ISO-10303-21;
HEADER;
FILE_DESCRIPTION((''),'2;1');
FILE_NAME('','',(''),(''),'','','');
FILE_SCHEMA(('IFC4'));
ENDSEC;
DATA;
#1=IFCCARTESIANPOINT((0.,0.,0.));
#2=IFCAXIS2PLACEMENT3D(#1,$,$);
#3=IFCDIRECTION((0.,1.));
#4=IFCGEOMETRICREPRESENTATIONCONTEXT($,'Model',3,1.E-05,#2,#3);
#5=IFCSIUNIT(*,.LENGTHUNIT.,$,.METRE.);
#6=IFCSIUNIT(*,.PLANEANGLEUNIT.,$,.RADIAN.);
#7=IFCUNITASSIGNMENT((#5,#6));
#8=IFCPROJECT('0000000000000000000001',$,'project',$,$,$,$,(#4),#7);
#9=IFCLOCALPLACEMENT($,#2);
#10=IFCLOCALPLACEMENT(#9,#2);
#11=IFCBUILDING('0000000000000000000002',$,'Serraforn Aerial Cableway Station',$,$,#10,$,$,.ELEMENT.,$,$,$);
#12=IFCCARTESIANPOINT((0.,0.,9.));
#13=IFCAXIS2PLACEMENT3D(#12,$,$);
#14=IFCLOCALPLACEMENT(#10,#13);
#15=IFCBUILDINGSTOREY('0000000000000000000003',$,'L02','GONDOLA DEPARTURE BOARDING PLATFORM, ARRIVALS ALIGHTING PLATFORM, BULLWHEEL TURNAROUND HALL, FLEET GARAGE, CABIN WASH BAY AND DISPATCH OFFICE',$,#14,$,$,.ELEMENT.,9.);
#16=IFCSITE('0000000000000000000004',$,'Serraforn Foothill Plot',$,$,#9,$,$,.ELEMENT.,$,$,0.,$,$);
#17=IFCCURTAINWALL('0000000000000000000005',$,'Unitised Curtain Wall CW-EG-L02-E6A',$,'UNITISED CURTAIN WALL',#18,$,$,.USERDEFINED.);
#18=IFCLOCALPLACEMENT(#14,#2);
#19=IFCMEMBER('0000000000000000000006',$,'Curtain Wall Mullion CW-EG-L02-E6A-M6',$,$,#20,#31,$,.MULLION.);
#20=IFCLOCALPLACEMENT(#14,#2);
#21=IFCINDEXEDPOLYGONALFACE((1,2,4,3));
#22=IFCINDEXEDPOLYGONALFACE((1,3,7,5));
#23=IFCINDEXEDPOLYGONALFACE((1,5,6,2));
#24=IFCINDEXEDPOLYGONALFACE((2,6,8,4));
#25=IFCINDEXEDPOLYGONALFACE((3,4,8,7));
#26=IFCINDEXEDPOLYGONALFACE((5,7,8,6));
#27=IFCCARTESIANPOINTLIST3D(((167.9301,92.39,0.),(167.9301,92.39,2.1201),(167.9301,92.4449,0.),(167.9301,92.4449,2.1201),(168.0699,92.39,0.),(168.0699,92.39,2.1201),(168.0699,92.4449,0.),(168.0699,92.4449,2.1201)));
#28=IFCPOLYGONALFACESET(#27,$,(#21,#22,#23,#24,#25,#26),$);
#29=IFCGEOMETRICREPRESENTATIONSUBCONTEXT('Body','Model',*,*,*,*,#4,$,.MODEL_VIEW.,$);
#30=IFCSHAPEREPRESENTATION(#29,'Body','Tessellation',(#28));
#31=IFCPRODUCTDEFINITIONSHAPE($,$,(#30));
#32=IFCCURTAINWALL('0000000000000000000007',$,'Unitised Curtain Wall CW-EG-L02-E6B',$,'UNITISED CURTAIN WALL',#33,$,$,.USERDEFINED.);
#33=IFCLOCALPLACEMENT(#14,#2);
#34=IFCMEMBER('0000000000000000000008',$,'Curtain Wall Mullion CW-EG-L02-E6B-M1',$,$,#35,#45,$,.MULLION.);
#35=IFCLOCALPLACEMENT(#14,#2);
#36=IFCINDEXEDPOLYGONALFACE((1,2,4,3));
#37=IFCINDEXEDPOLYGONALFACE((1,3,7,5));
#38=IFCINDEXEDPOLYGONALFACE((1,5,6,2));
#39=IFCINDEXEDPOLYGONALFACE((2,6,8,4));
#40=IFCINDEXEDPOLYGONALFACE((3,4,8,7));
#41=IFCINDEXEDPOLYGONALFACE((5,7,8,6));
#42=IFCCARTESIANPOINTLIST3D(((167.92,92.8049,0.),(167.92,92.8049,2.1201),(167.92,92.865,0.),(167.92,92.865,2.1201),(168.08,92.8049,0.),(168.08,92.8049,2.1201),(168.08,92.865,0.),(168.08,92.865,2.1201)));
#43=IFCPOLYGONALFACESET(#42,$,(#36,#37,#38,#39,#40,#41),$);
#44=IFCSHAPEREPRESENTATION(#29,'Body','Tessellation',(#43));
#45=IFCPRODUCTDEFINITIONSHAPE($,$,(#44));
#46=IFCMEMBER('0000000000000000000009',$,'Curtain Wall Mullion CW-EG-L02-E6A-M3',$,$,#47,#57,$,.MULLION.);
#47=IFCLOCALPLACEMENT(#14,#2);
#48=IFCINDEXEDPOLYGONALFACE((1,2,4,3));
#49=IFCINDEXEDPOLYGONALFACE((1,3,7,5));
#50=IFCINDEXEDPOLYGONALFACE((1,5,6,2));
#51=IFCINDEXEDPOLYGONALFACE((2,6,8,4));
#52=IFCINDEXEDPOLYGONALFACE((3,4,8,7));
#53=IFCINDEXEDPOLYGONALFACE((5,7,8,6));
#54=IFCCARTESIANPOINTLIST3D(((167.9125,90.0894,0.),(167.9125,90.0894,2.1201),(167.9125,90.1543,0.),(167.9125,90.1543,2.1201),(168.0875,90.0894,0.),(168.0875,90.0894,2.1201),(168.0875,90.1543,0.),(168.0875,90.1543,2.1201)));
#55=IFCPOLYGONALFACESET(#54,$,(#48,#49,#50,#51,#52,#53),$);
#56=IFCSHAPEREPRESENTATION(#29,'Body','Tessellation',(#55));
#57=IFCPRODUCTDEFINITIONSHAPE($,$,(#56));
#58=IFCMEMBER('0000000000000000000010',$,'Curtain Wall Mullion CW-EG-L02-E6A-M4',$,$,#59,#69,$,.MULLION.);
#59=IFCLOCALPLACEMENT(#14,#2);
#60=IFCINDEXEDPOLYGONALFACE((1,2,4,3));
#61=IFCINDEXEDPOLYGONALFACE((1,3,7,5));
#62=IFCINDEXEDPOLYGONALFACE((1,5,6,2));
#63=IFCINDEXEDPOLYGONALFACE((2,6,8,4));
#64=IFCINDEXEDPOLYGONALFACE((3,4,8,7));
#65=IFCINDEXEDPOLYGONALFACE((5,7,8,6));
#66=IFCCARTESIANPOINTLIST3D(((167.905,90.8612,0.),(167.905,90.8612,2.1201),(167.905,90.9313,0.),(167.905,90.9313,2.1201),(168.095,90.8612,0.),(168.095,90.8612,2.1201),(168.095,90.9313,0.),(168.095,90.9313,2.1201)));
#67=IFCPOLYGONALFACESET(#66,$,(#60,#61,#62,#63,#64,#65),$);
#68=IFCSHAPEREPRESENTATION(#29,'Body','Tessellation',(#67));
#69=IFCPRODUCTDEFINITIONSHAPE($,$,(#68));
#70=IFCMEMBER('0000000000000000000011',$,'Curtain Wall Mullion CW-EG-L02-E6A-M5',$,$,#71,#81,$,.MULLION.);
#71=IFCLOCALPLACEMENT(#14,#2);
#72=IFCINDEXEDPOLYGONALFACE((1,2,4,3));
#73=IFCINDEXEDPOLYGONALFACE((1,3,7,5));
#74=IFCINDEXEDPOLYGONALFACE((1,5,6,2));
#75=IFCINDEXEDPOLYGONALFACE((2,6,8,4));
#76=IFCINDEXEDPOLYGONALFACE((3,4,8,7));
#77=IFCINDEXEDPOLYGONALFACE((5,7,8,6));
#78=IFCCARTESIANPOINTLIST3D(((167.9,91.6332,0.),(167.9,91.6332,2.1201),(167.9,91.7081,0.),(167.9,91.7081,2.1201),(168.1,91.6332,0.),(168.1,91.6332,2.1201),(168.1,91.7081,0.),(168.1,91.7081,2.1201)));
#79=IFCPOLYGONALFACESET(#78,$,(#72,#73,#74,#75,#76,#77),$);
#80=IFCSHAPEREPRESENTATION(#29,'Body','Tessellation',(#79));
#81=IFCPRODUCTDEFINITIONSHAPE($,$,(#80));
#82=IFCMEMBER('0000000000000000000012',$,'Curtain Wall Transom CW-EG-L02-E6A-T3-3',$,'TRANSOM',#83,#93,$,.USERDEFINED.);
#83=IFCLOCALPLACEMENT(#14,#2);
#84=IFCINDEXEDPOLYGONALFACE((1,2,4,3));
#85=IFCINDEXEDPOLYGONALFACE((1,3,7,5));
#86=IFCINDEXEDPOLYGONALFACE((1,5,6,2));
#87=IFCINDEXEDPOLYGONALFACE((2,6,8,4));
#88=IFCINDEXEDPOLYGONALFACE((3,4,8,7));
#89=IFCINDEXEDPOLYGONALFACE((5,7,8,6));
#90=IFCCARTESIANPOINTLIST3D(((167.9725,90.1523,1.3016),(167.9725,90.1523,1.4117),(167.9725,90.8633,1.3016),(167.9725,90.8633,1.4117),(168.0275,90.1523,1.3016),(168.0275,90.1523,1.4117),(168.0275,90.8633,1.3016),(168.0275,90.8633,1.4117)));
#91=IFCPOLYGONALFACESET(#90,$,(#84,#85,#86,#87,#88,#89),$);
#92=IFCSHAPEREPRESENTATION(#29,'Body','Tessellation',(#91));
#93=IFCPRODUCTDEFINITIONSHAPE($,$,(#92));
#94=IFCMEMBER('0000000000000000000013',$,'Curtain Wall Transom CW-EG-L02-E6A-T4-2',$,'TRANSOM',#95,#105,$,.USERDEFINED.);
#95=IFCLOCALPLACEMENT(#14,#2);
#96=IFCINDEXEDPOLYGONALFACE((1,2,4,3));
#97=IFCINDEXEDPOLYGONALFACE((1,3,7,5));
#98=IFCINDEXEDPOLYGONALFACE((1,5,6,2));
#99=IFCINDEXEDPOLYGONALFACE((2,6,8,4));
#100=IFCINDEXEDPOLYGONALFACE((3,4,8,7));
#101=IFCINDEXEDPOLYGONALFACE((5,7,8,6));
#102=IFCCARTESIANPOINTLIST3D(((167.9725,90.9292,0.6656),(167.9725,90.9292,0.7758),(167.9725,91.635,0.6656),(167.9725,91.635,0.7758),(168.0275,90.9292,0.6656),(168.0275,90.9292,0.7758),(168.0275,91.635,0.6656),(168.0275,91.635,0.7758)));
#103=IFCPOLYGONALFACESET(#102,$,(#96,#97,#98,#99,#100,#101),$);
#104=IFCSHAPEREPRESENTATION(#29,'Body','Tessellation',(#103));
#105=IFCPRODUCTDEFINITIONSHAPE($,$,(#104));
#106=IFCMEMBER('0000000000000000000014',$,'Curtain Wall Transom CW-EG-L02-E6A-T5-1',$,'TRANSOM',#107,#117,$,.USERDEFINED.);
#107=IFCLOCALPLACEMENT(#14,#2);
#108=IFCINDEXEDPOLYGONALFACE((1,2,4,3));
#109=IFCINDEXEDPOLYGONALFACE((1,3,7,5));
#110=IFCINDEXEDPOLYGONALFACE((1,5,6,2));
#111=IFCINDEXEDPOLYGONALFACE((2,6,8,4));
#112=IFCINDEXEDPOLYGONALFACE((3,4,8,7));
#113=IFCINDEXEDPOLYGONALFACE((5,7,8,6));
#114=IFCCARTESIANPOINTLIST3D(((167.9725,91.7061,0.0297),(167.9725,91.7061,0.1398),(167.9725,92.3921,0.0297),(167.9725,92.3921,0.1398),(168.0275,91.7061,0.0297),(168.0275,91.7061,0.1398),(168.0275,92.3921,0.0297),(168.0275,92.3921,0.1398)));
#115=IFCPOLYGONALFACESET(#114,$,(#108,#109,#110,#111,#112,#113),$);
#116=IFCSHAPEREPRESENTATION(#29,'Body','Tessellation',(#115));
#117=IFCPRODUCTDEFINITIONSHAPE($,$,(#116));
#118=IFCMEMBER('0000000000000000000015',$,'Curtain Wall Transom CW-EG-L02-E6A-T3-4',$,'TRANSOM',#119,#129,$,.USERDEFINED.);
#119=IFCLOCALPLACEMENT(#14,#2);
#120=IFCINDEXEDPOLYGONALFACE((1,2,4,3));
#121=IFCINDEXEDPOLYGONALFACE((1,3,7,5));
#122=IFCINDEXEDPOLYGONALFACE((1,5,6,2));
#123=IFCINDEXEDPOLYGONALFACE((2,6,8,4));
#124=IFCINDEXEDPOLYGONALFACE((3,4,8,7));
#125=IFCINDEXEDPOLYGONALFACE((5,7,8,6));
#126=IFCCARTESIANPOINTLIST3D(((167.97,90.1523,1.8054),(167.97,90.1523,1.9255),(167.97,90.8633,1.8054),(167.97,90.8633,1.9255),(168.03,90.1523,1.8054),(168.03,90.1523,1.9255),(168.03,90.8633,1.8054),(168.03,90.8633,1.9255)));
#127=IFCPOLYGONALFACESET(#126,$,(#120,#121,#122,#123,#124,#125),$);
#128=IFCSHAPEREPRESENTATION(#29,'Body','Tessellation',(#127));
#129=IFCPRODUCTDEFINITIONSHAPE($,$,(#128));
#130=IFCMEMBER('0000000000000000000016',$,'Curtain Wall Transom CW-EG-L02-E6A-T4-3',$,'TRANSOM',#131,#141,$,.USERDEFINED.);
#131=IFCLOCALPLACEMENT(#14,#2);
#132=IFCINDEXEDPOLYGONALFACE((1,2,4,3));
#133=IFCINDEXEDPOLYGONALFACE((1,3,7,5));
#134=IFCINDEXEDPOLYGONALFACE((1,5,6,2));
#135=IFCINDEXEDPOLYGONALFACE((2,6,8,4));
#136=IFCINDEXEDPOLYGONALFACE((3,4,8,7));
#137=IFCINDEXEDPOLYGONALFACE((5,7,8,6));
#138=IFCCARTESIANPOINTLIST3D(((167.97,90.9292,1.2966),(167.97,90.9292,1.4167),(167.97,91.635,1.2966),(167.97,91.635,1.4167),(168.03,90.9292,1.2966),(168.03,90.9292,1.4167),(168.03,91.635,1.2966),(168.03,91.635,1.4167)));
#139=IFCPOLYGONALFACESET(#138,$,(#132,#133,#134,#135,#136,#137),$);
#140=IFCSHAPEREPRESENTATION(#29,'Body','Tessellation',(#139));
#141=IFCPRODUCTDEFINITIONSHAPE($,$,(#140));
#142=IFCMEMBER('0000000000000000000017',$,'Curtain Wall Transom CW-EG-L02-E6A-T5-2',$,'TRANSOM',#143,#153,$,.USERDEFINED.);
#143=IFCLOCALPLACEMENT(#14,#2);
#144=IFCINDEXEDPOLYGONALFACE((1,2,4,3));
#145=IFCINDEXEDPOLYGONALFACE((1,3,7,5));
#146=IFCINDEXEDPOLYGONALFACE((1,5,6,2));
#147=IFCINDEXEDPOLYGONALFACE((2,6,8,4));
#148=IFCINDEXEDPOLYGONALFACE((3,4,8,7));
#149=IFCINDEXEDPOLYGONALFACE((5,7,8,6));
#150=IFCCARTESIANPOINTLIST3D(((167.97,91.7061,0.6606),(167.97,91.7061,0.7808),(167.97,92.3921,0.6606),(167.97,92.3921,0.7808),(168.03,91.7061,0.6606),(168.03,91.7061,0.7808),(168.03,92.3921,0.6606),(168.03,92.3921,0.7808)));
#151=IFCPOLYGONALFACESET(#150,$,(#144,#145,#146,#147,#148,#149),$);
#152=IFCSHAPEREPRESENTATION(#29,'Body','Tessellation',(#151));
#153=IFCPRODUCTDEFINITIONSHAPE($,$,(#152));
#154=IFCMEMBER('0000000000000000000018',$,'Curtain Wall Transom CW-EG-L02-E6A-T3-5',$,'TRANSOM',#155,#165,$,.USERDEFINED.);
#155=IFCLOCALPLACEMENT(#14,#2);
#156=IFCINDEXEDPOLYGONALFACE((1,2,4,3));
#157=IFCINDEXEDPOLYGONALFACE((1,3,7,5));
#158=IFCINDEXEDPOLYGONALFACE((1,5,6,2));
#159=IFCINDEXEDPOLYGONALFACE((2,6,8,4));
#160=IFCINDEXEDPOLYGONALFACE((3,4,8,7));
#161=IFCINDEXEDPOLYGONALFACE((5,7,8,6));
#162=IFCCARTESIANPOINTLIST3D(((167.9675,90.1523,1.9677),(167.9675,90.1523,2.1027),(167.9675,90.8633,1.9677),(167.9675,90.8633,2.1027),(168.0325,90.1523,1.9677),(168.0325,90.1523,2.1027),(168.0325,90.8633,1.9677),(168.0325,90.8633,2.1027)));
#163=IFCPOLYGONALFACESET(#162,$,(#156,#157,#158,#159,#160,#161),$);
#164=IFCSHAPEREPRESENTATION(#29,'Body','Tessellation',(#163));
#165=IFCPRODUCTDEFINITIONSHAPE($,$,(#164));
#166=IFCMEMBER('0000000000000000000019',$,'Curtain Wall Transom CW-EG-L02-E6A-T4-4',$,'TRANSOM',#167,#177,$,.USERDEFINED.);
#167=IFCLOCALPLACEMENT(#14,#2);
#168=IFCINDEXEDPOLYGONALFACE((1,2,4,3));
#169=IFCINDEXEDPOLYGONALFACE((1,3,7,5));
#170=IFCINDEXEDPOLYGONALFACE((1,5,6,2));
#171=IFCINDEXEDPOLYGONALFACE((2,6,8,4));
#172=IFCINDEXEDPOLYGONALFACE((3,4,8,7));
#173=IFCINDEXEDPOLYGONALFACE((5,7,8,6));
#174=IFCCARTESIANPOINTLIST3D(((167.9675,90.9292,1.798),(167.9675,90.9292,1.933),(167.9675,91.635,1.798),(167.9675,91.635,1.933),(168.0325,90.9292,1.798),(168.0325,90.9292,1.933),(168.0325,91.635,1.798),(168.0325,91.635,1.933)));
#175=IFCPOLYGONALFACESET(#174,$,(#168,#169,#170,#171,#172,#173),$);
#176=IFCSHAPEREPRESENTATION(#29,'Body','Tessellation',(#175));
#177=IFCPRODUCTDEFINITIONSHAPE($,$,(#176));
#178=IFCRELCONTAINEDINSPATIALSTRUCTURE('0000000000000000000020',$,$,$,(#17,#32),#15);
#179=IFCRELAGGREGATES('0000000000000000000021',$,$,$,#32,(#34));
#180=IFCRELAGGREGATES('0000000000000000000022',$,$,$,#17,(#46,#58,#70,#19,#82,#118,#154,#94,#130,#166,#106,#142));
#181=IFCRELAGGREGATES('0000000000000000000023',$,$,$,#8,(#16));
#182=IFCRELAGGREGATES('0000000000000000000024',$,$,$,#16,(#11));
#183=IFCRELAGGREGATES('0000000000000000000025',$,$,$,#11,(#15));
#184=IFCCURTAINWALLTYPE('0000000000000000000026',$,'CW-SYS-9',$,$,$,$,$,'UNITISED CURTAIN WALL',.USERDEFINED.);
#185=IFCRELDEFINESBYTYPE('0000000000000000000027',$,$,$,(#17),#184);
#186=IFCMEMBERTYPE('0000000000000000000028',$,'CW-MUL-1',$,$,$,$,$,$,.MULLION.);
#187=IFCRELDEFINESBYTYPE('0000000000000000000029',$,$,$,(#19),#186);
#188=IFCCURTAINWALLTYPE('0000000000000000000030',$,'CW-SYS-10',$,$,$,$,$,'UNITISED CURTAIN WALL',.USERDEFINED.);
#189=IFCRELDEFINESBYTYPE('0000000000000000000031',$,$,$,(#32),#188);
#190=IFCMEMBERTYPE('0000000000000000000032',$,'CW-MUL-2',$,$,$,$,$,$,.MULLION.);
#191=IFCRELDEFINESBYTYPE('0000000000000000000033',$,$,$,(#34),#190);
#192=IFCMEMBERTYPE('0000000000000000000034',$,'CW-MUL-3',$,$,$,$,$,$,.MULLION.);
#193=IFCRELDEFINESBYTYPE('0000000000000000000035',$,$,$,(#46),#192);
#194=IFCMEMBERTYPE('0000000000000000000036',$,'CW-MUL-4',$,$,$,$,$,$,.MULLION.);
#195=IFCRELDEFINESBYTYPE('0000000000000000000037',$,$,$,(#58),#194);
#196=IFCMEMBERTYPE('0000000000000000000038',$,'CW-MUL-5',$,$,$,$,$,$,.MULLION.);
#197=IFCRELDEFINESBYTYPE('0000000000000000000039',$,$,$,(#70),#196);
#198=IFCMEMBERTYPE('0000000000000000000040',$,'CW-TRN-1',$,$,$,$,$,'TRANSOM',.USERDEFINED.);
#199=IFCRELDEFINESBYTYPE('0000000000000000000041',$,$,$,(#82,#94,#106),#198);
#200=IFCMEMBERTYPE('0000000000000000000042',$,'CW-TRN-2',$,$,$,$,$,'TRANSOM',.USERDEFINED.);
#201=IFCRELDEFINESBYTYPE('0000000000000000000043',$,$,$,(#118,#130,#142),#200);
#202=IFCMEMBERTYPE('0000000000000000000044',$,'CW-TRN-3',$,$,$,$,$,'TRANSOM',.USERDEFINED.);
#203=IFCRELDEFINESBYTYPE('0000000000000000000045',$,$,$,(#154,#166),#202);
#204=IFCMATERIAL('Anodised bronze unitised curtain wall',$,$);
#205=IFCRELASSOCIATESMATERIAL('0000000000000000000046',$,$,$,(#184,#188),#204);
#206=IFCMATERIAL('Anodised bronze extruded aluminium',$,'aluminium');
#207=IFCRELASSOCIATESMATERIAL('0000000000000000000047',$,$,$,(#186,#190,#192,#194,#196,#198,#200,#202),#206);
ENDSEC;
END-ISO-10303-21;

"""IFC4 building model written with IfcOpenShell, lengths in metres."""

from ifc_helpers import new_model, si_unit, direction, frame, origin, origin_2d, place, context, subcontext, project, spatial, rectangle, extrude, material, material_profile, profile_set, type_object, element, aggregate, save


model = new_model("IFC4")

# Units and contexts
model_context = context("Model", 3, precision=1e-05, world=origin(), true_north=direction((0.0, 1.0)))
body_context = subcontext(model_context, "Body", "Model", "MODEL_VIEW")
ifc_project = project(units=[si_unit("LENGTHUNIT", "METRE"), si_unit("PLANEANGLEUNIT", "RADIAN")], contexts=[model_context])

# Site, building, storey
site_placement = place(None, origin())
site = spatial("IfcSite", under=ifc_project, at=site_placement, Name="Serraforn Foothill Plot", CompositionType="ELEMENT", RefElevation=0.0)
building_placement = place(site_placement, origin())
building = spatial("IfcBuilding", under=site, at=building_placement, Name="Serraforn Aerial Cableway Station", CompositionType="ELEMENT")
storey_placement = place(building_placement, frame((0.0, 0.0, 9.0)))
storey = spatial("IfcBuildingStorey", under=building, at=storey_placement, Name="L02", Description="GONDOLA DEPARTURE BOARDING PLATFORM, ARRIVALS ALIGHTING PLATFORM, BULLWHEEL TURNAROUND HALL, FLEET GARAGE, CABIN WASH BAY AND DISPATCH OFFICE", CompositionType="ELEMENT", Elevation=9.0)

# Curtain walls, members
ifc_material_1 = material(Name="Anodised bronze unitised curtain wall")
curtain_wall_type_1 = type_object("IfcCurtainWallType", Name="CW-SYS-9", ElementType="UNITISED CURTAIN WALL", PredefinedType="USERDEFINED", material=ifc_material_1)
curtain_wall_1_placement = place(storey_placement, origin())
curtain_wall_1 = element("IfcCurtainWall", 1, at=curtain_wall_1_placement, inside=storey, type_object=curtain_wall_type_1, Name="Unitised Curtain Wall CW-EG-L02-E6A", ObjectType="UNITISED CURTAIN WALL", PredefinedType="USERDEFINED")
ifc_material_2 = material(Name="Anodised bronze extruded aluminium", Category="aluminium")
ifc_material_profile_1 = material_profile(ifc_material_2, rectangle(XDim=0.0549, YDim=0.1399, at=origin_2d()), Name="CW MULLION 55x140")
ifc_profile_set_1 = profile_set([ifc_material_profile_1], Name="Anodised bronze extruded aluminium")
member_type_1 = type_object("IfcMemberType", Name="CW-MUL-1", PredefinedType="MULLION", material=ifc_profile_set_1)
member_1_placement = place(storey_placement, frame((168.0, 92.4175, 0.0), z_axis=(0.0, 0.0, 1.0), x_axis=(0.0, 1.0, 0.0)))
member_1 = element("IfcMember", 2, at=member_1_placement, type_object=member_type_1, Name="Curtain Wall Mullion CW-EG-L02-E6A-M6", PredefinedType="MULLION", context=body_context, shape_type="SweptSolid", body=[
    extrude(rectangle(XDim=0.0549, YDim=0.1399, at=origin_2d()), origin(), (0.0, 0.0, 1.0), 2.1201),
])
curtain_wall_type_2 = type_object("IfcCurtainWallType", Name="CW-SYS-10", ElementType="UNITISED CURTAIN WALL", PredefinedType="USERDEFINED", material=ifc_material_1)
curtain_wall_2_placement = place(storey_placement, origin())
curtain_wall_2 = element("IfcCurtainWall", 3, at=curtain_wall_2_placement, inside=storey, type_object=curtain_wall_type_2, Name="Unitised Curtain Wall CW-EG-L02-E6B", ObjectType="UNITISED CURTAIN WALL", PredefinedType="USERDEFINED")
ifc_material_profile_2 = material_profile(ifc_material_2, rectangle(XDim=0.0601, YDim=0.1599, at=origin_2d()), Name="CW MULLION 60x160")
ifc_profile_set_2 = profile_set([ifc_material_profile_2], Name="Anodised bronze extruded aluminium")
member_type_2 = type_object("IfcMemberType", Name="CW-MUL-2", PredefinedType="MULLION", material=ifc_profile_set_2)
member_2_placement = place(storey_placement, frame((168.0, 92.835, 0.0), z_axis=(0.0, 0.0, 1.0), x_axis=(0.0, 1.0, 0.0)))
member_2 = element("IfcMember", 4, at=member_2_placement, type_object=member_type_2, Name="Curtain Wall Mullion CW-EG-L02-E6B-M1", PredefinedType="MULLION", context=body_context, shape_type="SweptSolid", body=[
    extrude(rectangle(XDim=0.0601, YDim=0.1599, at=origin_2d()), origin(), (0.0, 0.0, 1.0), 2.1201),
])

# Members
ifc_material_profile_3 = material_profile(ifc_material_2, rectangle(XDim=0.0649, YDim=0.175, at=origin_2d()), Name="CW MULLION 65x175")
ifc_profile_set_3 = profile_set([ifc_material_profile_3], Name="Anodised bronze extruded aluminium")
member_type_3 = type_object("IfcMemberType", Name="CW-MUL-3", PredefinedType="MULLION", material=ifc_profile_set_3)
member_3_placement = place(storey_placement, frame((168.0, 90.1218, 0.0), z_axis=(0.0, 0.0, 1.0), x_axis=(0.0, 1.0, 0.0)))
member_3 = element("IfcMember", 5, at=member_3_placement, type_object=member_type_3, Name="Curtain Wall Mullion CW-EG-L02-E6A-M3", PredefinedType="MULLION", context=body_context, shape_type="SweptSolid", body=[
    extrude(rectangle(XDim=0.0649, YDim=0.175, at=origin_2d()), origin(), (0.0, 0.0, 1.0), 2.1201),
])
ifc_material_profile_4 = material_profile(ifc_material_2, rectangle(XDim=0.0701, YDim=0.1899, at=origin_2d()), Name="CW MULLION 70x190")
ifc_profile_set_4 = profile_set([ifc_material_profile_4], Name="Anodised bronze extruded aluminium")
member_type_4 = type_object("IfcMemberType", Name="CW-MUL-4", PredefinedType="MULLION", material=ifc_profile_set_4)
member_4_placement = place(storey_placement, frame((168.0, 90.8962, 0.0), z_axis=(0.0, 0.0, 1.0), x_axis=(0.0, 1.0, 0.0)))
member_4 = element("IfcMember", 6, at=member_4_placement, type_object=member_type_4, Name="Curtain Wall Mullion CW-EG-L02-E6A-M4", PredefinedType="MULLION", context=body_context, shape_type="SweptSolid", body=[
    extrude(rectangle(XDim=0.0701, YDim=0.1899, at=origin_2d()), origin(), (0.0, 0.0, 1.0), 2.1201),
])
ifc_material_profile_5 = material_profile(ifc_material_2, rectangle(XDim=0.075, YDim=0.2, at=origin_2d()), Name="CW MULLION 75x200")
ifc_profile_set_5 = profile_set([ifc_material_profile_5], Name="Anodised bronze extruded aluminium")
member_type_5 = type_object("IfcMemberType", Name="CW-MUL-5", PredefinedType="MULLION", material=ifc_profile_set_5)
member_5_placement = place(storey_placement, frame((168.0, 91.6707, 0.0), z_axis=(0.0, 0.0, 1.0), x_axis=(0.0, 1.0, 0.0)))
member_5 = element("IfcMember", 7, at=member_5_placement, type_object=member_type_5, Name="Curtain Wall Mullion CW-EG-L02-E6A-M5", PredefinedType="MULLION", context=body_context, shape_type="SweptSolid", body=[
    extrude(rectangle(XDim=0.075, YDim=0.2, at=origin_2d()), origin(), (0.0, 0.0, 1.0), 2.1201),
])
ifc_material_profile_6 = material_profile(ifc_material_2, rectangle(XDim=0.0549, YDim=0.1101, at=origin_2d()), Name="CW TRANSOM 55x110")
ifc_profile_set_6 = profile_set([ifc_material_profile_6], Name="Anodised bronze extruded aluminium")
member_type_6 = type_object("IfcMemberType", Name="CW-TRN-1", ElementType="TRANSOM", PredefinedType="USERDEFINED", material=ifc_profile_set_6)
member_6_placement = place(storey_placement, frame((168.0, 90.1523, 1.3567), z_axis=(0.0, 1.0, 0.0), x_axis=(-1.0, 0.0, 0.0)))
member_6 = element("IfcMember", 8, at=member_6_placement, type_object=member_type_6, Name="Curtain Wall Transom CW-EG-L02-E6A-T3-3", ObjectType="TRANSOM", PredefinedType="USERDEFINED", context=body_context, shape_type="SweptSolid", body=[
    extrude(rectangle(XDim=0.0549, YDim=0.1101, at=origin_2d()), origin(), (0.0, 0.0, 1.0), 0.7109),
])
member_7_placement = place(storey_placement, frame((168.0, 90.9292, 0.7207), z_axis=(0.0, 1.0, 0.0), x_axis=(-1.0, 0.0, 0.0)))
member_7 = element("IfcMember", 9, at=member_7_placement, type_object=member_type_6, Name="Curtain Wall Transom CW-EG-L02-E6A-T4-2", ObjectType="TRANSOM", PredefinedType="USERDEFINED", context=body_context, shape_type="SweptSolid", body=[
    extrude(rectangle(XDim=0.0549, YDim=0.1101, at=origin_2d()), origin(), (0.0, 0.0, 1.0), 0.7058),
])
member_8_placement = place(storey_placement, frame((168.0, 91.7061, 0.0847), z_axis=(0.0, 1.0, 0.0), x_axis=(-1.0, 0.0, 0.0)))
member_8 = element("IfcMember", 10, at=member_8_placement, type_object=member_type_6, Name="Curtain Wall Transom CW-EG-L02-E6A-T5-1", ObjectType="TRANSOM", PredefinedType="USERDEFINED", context=body_context, shape_type="SweptSolid", body=[
    extrude(rectangle(XDim=0.0549, YDim=0.1101, at=origin_2d()), origin(), (0.0, 0.0, 1.0), 0.686),
])
ifc_material_profile_7 = material_profile(ifc_material_2, rectangle(XDim=0.0601, YDim=0.1201, at=origin_2d()), Name="CW TRANSOM 60x120")
ifc_profile_set_7 = profile_set([ifc_material_profile_7], Name="Anodised bronze extruded aluminium")
member_type_7 = type_object("IfcMemberType", Name="CW-TRN-2", ElementType="TRANSOM", PredefinedType="USERDEFINED", material=ifc_profile_set_7)
member_9_placement = place(storey_placement, frame((168.0, 90.1523, 1.8655), z_axis=(0.0, 1.0, 0.0), x_axis=(-1.0, 0.0, 0.0)))
member_9 = element("IfcMember", 11, at=member_9_placement, type_object=member_type_7, Name="Curtain Wall Transom CW-EG-L02-E6A-T3-4", ObjectType="TRANSOM", PredefinedType="USERDEFINED", context=body_context, shape_type="SweptSolid", body=[
    extrude(rectangle(XDim=0.0601, YDim=0.1201, at=origin_2d()), origin(), (0.0, 0.0, 1.0), 0.7109),
])
member_10_placement = place(storey_placement, frame((168.0, 90.9292, 1.3567), z_axis=(0.0, 1.0, 0.0), x_axis=(-1.0, 0.0, 0.0)))
member_10 = element("IfcMember", 12, at=member_10_placement, type_object=member_type_7, Name="Curtain Wall Transom CW-EG-L02-E6A-T4-3", ObjectType="TRANSOM", PredefinedType="USERDEFINED", context=body_context, shape_type="SweptSolid", body=[
    extrude(rectangle(XDim=0.0601, YDim=0.1201, at=origin_2d()), origin(), (0.0, 0.0, 1.0), 0.7058),
])
member_11_placement = place(storey_placement, frame((168.0, 91.7061, 0.7207), z_axis=(0.0, 1.0, 0.0), x_axis=(-1.0, 0.0, 0.0)))
member_11 = element("IfcMember", 13, at=member_11_placement, type_object=member_type_7, Name="Curtain Wall Transom CW-EG-L02-E6A-T5-2", ObjectType="TRANSOM", PredefinedType="USERDEFINED", context=body_context, shape_type="SweptSolid", body=[
    extrude(rectangle(XDim=0.0601, YDim=0.1201, at=origin_2d()), origin(), (0.0, 0.0, 1.0), 0.686),
])
ifc_material_profile_8 = material_profile(ifc_material_2, rectangle(XDim=0.0649, YDim=0.135, at=origin_2d()), Name="CW TRANSOM 65x135")
ifc_profile_set_8 = profile_set([ifc_material_profile_8], Name="Anodised bronze extruded aluminium")
member_type_8 = type_object("IfcMemberType", Name="CW-TRN-3", ElementType="TRANSOM", PredefinedType="USERDEFINED", material=ifc_profile_set_8)
member_12_placement = place(storey_placement, frame((168.0, 90.1523, 2.0352), z_axis=(0.0, 1.0, 0.0), x_axis=(-1.0, 0.0, 0.0)))
member_12 = element("IfcMember", 14, at=member_12_placement, type_object=member_type_8, Name="Curtain Wall Transom CW-EG-L02-E6A-T3-5", ObjectType="TRANSOM", PredefinedType="USERDEFINED", context=body_context, shape_type="SweptSolid", body=[
    extrude(rectangle(XDim=0.0649, YDim=0.135, at=origin_2d()), origin(), (0.0, 0.0, 1.0), 0.7109),
])
member_13_placement = place(storey_placement, frame((168.0, 90.9292, 1.8655), z_axis=(0.0, 1.0, 0.0), x_axis=(-1.0, 0.0, 0.0)))
member_13 = element("IfcMember", 15, at=member_13_placement, type_object=member_type_8, Name="Curtain Wall Transom CW-EG-L02-E6A-T4-4", ObjectType="TRANSOM", PredefinedType="USERDEFINED", context=body_context, shape_type="SweptSolid", body=[
    extrude(rectangle(XDim=0.0649, YDim=0.135, at=origin_2d()), origin(), (0.0, 0.0, 1.0), 0.7058),
])
aggregate(curtain_wall_2, [member_2])

aggregate(curtain_wall_1, [member_3, member_4, member_5, member_1, member_6, member_9, member_12, member_7, member_10, member_13, member_8, member_11])

save(model, "model.ifc")
